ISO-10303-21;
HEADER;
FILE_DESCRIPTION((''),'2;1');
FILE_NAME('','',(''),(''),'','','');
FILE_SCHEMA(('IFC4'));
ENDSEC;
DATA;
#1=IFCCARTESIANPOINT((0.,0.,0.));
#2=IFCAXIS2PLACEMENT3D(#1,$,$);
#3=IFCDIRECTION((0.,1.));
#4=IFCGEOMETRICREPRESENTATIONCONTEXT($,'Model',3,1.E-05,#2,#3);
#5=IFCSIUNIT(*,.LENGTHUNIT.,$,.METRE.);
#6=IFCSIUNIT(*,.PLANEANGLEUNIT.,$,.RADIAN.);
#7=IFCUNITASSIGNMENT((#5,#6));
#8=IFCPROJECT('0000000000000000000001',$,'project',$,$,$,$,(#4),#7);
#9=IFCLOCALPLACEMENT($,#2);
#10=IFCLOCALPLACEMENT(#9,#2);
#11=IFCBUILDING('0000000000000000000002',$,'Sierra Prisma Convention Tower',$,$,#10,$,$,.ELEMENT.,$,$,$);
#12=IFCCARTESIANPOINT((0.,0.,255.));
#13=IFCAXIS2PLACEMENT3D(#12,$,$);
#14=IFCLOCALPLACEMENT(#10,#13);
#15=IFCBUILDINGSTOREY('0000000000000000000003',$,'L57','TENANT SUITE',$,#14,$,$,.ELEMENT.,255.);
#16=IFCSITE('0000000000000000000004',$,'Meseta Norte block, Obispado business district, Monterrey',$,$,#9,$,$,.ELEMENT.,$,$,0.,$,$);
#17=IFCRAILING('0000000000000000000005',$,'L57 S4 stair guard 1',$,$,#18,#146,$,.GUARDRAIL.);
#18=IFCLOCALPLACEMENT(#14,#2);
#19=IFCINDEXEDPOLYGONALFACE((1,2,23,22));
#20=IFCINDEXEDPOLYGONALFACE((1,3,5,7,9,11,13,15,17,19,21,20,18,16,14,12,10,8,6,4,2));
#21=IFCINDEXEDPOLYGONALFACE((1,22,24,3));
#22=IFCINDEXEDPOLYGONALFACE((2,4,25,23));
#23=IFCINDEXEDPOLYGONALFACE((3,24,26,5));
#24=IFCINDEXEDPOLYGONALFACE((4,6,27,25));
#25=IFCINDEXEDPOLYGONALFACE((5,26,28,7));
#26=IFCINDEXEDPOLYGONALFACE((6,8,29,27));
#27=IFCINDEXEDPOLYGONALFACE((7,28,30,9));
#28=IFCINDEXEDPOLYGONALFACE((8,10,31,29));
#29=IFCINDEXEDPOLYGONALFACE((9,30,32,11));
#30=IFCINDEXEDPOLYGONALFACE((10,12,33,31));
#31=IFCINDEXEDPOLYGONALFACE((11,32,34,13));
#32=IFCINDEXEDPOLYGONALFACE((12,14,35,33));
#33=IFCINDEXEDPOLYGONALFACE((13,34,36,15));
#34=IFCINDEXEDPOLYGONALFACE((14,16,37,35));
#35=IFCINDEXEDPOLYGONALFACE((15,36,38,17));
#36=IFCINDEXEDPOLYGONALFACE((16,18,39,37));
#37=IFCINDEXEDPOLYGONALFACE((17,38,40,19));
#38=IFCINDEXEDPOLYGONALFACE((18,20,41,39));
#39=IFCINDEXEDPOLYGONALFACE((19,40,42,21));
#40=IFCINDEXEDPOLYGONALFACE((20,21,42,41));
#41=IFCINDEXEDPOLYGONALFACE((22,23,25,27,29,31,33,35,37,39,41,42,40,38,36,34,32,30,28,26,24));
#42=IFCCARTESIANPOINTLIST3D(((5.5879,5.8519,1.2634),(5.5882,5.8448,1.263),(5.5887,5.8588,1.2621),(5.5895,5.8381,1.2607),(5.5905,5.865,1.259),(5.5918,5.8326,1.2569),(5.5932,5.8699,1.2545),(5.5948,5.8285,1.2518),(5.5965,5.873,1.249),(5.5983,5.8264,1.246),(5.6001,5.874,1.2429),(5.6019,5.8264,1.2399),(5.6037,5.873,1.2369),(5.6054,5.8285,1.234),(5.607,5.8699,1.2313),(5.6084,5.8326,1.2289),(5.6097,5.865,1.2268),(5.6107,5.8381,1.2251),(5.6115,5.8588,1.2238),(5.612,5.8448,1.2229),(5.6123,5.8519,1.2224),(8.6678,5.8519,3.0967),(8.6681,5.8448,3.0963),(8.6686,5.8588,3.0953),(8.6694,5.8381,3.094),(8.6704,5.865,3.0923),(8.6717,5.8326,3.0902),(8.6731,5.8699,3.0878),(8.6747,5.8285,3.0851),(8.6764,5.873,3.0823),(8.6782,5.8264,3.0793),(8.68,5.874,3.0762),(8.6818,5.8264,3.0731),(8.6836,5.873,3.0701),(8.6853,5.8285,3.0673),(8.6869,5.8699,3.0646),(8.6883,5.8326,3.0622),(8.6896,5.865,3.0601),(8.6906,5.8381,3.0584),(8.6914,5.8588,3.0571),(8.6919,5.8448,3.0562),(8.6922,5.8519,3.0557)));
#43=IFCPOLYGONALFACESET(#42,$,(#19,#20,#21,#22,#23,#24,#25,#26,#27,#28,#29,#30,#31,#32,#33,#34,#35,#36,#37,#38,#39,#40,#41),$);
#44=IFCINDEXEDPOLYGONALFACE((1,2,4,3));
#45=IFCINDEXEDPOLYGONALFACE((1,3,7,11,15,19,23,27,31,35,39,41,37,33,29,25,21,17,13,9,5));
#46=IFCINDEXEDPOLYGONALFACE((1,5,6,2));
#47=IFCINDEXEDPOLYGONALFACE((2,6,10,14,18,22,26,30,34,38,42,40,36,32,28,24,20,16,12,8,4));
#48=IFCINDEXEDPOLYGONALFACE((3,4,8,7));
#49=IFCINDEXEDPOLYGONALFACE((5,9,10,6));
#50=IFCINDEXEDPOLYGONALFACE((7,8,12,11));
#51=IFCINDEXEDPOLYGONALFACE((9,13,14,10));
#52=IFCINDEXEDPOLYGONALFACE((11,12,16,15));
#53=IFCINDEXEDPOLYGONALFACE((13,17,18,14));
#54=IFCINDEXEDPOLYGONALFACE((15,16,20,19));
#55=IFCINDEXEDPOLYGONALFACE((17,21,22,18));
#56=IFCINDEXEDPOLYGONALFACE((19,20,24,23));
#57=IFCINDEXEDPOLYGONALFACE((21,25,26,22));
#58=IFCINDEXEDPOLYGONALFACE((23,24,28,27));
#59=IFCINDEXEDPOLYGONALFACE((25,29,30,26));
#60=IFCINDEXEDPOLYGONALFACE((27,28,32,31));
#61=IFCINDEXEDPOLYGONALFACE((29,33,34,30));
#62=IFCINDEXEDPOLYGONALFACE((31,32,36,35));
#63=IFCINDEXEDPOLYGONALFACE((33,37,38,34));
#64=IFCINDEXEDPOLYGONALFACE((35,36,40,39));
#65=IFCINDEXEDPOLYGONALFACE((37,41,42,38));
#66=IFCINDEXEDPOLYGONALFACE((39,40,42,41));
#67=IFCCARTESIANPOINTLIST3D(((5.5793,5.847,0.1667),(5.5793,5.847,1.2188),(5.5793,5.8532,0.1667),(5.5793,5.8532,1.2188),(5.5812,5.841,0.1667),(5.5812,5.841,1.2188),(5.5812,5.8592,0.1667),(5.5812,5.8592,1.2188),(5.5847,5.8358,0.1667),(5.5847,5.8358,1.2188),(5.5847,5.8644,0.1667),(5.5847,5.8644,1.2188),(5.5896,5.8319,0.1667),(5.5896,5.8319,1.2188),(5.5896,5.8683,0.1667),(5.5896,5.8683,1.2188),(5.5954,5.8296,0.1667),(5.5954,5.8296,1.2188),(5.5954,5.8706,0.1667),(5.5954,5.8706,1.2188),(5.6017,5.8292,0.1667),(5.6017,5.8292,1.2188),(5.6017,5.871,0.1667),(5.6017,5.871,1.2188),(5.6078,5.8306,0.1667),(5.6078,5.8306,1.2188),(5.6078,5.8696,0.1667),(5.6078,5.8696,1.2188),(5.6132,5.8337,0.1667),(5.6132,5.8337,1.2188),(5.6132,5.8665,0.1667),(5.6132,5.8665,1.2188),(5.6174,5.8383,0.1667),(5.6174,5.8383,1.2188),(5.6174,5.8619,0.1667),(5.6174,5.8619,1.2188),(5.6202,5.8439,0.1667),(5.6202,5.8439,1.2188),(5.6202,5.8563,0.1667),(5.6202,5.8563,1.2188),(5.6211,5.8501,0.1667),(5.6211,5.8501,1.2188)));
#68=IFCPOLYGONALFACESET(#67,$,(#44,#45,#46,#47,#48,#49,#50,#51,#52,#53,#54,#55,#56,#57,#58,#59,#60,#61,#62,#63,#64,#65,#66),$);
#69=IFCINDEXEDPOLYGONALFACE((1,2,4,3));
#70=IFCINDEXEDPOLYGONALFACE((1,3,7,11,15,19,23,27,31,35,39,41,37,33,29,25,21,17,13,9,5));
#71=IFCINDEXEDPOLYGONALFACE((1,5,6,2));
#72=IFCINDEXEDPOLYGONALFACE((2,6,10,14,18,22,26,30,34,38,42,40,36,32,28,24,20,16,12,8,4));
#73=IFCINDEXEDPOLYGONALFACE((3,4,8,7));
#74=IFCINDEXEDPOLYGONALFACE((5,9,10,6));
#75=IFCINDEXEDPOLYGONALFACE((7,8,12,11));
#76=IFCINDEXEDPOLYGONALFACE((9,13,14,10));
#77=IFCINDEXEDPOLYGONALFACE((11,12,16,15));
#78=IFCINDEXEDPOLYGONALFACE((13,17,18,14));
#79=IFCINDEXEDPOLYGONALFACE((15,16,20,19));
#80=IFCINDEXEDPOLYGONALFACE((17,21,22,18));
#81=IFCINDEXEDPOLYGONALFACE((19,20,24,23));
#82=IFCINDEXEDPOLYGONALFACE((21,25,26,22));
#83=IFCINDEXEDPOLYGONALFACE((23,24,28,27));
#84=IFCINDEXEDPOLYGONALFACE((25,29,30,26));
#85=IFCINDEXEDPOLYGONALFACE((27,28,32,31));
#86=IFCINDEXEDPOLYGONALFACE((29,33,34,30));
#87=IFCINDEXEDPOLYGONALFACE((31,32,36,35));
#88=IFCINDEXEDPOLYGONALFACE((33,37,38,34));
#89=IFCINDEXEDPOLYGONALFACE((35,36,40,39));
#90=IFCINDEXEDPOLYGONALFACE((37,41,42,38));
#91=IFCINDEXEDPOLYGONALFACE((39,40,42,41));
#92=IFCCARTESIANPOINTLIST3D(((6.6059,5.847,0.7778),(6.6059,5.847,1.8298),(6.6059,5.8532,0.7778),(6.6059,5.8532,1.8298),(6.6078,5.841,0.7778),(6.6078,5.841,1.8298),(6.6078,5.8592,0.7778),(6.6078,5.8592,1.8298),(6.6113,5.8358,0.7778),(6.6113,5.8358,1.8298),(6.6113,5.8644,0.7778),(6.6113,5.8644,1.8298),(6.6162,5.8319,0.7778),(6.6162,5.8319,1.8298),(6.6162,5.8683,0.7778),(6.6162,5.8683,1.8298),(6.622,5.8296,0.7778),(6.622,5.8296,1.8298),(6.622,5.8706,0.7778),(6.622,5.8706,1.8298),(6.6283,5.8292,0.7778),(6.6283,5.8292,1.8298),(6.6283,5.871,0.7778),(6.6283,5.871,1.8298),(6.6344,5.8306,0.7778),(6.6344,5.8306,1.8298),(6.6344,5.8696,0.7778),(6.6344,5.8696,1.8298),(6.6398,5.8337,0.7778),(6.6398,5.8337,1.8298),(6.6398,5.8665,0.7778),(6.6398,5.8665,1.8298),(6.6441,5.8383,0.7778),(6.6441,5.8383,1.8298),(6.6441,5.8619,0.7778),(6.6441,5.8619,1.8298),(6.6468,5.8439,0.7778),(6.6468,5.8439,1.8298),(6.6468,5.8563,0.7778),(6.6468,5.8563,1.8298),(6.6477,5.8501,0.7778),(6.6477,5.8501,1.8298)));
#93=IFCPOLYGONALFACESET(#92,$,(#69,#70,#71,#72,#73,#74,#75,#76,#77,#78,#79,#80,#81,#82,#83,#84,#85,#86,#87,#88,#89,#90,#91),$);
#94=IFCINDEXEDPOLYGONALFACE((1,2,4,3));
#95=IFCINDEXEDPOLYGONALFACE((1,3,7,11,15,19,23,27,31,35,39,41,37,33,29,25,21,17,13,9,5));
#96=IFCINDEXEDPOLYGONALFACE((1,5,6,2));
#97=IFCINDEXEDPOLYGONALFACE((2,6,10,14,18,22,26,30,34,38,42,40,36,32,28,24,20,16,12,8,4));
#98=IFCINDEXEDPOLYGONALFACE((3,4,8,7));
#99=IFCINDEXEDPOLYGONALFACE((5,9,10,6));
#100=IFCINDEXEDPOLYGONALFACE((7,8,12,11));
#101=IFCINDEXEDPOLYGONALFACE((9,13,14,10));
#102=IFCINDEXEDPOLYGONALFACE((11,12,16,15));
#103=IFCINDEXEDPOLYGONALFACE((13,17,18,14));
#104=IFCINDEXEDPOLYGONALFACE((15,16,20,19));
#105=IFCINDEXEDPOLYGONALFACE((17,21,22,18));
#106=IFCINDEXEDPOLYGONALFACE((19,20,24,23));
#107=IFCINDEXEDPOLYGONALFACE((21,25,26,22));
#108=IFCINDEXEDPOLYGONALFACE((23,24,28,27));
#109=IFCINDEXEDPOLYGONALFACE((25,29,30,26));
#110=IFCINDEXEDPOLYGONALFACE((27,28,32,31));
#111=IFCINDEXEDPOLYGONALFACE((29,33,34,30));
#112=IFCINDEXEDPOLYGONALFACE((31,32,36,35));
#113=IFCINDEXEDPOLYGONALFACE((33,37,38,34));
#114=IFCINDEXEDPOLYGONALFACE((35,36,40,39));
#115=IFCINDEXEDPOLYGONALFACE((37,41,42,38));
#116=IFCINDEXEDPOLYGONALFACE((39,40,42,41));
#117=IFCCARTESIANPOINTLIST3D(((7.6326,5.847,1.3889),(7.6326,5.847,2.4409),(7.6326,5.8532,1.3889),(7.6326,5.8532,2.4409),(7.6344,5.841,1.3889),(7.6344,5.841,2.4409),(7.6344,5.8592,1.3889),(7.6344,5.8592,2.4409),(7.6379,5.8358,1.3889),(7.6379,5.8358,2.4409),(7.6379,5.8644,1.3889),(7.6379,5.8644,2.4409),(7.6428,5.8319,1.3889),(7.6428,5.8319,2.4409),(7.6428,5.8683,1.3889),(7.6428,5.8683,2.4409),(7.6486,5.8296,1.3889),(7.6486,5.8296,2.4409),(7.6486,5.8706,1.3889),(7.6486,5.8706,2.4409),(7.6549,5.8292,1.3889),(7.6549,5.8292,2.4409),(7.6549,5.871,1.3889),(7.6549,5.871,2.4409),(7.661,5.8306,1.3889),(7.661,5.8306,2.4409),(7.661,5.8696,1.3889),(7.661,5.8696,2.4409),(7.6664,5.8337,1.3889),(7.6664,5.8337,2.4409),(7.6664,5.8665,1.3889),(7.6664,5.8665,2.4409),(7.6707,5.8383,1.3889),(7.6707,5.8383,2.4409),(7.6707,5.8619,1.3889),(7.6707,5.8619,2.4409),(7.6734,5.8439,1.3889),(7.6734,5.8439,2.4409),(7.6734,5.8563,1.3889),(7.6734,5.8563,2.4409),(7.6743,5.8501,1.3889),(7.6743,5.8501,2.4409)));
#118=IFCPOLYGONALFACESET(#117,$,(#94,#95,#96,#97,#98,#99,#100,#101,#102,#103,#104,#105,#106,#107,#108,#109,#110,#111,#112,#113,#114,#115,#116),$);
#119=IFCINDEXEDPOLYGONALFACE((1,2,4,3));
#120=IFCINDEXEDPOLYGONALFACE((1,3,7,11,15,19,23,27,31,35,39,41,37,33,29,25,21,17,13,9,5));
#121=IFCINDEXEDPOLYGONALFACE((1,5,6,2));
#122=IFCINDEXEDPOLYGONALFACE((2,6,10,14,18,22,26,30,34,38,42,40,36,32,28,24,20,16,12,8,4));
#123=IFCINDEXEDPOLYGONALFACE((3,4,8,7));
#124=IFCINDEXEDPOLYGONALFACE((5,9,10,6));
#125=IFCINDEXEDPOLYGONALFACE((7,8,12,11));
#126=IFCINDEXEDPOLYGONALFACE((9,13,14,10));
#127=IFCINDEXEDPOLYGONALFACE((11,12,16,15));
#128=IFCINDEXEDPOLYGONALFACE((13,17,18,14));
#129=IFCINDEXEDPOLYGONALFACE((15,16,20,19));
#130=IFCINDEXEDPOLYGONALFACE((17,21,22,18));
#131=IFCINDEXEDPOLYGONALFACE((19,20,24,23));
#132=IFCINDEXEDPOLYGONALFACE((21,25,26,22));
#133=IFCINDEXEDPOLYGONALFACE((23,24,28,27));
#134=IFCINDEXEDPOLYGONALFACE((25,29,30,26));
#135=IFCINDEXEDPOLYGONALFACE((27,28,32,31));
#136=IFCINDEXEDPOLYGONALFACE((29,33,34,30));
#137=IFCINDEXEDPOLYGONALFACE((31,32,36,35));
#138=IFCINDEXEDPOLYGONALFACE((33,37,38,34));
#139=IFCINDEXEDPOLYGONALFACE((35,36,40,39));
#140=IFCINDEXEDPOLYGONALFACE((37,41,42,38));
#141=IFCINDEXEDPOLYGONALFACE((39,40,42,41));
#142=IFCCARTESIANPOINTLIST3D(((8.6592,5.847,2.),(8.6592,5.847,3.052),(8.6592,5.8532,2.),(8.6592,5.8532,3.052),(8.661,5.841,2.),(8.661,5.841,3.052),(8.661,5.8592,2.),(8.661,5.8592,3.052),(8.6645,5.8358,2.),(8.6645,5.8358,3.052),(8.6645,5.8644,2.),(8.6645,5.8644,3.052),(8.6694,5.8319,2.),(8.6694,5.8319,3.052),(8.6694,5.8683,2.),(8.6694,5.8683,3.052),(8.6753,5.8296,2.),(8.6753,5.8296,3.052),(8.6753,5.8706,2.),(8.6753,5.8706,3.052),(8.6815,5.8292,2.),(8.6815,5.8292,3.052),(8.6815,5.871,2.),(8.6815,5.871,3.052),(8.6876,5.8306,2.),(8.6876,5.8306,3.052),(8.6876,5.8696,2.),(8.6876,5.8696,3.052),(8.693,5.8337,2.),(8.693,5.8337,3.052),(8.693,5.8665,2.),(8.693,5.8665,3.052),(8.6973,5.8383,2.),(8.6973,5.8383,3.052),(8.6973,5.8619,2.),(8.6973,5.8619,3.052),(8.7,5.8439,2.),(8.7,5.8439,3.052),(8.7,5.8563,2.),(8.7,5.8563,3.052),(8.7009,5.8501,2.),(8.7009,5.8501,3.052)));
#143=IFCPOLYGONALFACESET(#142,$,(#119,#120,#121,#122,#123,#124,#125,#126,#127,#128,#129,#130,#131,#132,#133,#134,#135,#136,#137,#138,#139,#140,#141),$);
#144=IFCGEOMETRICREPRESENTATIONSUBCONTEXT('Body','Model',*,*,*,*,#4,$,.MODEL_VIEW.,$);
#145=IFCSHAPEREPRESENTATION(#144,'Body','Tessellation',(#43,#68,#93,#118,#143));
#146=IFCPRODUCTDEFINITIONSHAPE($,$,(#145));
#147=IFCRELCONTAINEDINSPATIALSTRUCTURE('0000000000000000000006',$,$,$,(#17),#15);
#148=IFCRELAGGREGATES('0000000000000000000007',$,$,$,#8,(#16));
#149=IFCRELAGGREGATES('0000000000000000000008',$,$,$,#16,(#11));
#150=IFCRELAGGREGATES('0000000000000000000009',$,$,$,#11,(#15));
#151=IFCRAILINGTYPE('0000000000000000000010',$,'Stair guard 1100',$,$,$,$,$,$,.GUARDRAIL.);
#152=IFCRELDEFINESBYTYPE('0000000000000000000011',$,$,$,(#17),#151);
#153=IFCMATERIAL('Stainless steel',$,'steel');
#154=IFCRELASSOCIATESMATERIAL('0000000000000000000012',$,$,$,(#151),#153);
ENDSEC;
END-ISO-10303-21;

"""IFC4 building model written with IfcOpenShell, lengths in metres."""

from ifc_helpers import new_model, si_unit, direction, frame, origin, origin_2d, place, context, subcontext, project, spatial, circle, extrude, material, type_object, element, save


model = new_model("IFC4")

# Units and contexts
model_context = context("Model", 3, precision=1e-05, world=origin(), true_north=direction((0.0, 1.0)))
body_context = subcontext(model_context, "Body", "Model", "MODEL_VIEW")
ifc_project = project(units=[si_unit("LENGTHUNIT", "METRE"), si_unit("PLANEANGLEUNIT", "RADIAN")], contexts=[model_context])

# Site, building, storey
site_placement = place(None, origin())
site = spatial("IfcSite", under=ifc_project, at=site_placement, Name="Meseta Norte block, Obispado business district, Monterrey", CompositionType="ELEMENT", RefElevation=0.0)
building_placement = place(site_placement, origin())
building = spatial("IfcBuilding", under=site, at=building_placement, Name="Sierra Prisma Convention Tower", CompositionType="ELEMENT")
storey_placement = place(building_placement, frame((0.0, 0.0, 255.0)))
storey = spatial("IfcBuildingStorey", under=building, at=storey_placement, Name="L57", Description="TENANT SUITE", CompositionType="ELEMENT", Elevation=255.0)

# Railing
ifc_material_1 = material(Name="Stainless steel", Category="steel")
railing_type_1 = type_object("IfcRailingType", Name="Stair guard 1100", PredefinedType="GUARDRAIL", material=ifc_material_1)
railing_1_placement = place(storey_placement, frame((5.6001, 5.8501, 0.1667)))
element("IfcRailing", 1, at=railing_1_placement, inside=storey, type_object=railing_type_1, Name="L57 S4 stair guard 1", PredefinedType="GUARDRAIL", context=body_context, shape_type="SweptSolid", body=[
    extrude(circle(Radius=0.0239, at=origin_2d()), frame((0.0, 0.0, 1.0762), z_axis=(0.859291, 0.0, 0.511487), x_axis=(0.0, 1.0, 0.0)), (0.0, 0.0, 1.0), 3.5842),
    extrude(circle(Radius=0.021, at=origin_2d()), origin(), (0.0, 0.0, 1.0), 1.052),
    extrude(circle(Radius=0.021, at=origin_2d()), frame((1.0266, 0.0, 0.6111)), (0.0, 0.0, 1.0), 1.052),
    extrude(circle(Radius=0.021, at=origin_2d()), frame((2.0532, 0.0, 1.2222)), (0.0, 0.0, 1.0), 1.052),
    extrude(circle(Radius=0.021, at=origin_2d()), frame((3.0798, 0.0, 1.8333)), (0.0, 0.0, 1.0), 1.052),
])

save(model, "model.ifc")
